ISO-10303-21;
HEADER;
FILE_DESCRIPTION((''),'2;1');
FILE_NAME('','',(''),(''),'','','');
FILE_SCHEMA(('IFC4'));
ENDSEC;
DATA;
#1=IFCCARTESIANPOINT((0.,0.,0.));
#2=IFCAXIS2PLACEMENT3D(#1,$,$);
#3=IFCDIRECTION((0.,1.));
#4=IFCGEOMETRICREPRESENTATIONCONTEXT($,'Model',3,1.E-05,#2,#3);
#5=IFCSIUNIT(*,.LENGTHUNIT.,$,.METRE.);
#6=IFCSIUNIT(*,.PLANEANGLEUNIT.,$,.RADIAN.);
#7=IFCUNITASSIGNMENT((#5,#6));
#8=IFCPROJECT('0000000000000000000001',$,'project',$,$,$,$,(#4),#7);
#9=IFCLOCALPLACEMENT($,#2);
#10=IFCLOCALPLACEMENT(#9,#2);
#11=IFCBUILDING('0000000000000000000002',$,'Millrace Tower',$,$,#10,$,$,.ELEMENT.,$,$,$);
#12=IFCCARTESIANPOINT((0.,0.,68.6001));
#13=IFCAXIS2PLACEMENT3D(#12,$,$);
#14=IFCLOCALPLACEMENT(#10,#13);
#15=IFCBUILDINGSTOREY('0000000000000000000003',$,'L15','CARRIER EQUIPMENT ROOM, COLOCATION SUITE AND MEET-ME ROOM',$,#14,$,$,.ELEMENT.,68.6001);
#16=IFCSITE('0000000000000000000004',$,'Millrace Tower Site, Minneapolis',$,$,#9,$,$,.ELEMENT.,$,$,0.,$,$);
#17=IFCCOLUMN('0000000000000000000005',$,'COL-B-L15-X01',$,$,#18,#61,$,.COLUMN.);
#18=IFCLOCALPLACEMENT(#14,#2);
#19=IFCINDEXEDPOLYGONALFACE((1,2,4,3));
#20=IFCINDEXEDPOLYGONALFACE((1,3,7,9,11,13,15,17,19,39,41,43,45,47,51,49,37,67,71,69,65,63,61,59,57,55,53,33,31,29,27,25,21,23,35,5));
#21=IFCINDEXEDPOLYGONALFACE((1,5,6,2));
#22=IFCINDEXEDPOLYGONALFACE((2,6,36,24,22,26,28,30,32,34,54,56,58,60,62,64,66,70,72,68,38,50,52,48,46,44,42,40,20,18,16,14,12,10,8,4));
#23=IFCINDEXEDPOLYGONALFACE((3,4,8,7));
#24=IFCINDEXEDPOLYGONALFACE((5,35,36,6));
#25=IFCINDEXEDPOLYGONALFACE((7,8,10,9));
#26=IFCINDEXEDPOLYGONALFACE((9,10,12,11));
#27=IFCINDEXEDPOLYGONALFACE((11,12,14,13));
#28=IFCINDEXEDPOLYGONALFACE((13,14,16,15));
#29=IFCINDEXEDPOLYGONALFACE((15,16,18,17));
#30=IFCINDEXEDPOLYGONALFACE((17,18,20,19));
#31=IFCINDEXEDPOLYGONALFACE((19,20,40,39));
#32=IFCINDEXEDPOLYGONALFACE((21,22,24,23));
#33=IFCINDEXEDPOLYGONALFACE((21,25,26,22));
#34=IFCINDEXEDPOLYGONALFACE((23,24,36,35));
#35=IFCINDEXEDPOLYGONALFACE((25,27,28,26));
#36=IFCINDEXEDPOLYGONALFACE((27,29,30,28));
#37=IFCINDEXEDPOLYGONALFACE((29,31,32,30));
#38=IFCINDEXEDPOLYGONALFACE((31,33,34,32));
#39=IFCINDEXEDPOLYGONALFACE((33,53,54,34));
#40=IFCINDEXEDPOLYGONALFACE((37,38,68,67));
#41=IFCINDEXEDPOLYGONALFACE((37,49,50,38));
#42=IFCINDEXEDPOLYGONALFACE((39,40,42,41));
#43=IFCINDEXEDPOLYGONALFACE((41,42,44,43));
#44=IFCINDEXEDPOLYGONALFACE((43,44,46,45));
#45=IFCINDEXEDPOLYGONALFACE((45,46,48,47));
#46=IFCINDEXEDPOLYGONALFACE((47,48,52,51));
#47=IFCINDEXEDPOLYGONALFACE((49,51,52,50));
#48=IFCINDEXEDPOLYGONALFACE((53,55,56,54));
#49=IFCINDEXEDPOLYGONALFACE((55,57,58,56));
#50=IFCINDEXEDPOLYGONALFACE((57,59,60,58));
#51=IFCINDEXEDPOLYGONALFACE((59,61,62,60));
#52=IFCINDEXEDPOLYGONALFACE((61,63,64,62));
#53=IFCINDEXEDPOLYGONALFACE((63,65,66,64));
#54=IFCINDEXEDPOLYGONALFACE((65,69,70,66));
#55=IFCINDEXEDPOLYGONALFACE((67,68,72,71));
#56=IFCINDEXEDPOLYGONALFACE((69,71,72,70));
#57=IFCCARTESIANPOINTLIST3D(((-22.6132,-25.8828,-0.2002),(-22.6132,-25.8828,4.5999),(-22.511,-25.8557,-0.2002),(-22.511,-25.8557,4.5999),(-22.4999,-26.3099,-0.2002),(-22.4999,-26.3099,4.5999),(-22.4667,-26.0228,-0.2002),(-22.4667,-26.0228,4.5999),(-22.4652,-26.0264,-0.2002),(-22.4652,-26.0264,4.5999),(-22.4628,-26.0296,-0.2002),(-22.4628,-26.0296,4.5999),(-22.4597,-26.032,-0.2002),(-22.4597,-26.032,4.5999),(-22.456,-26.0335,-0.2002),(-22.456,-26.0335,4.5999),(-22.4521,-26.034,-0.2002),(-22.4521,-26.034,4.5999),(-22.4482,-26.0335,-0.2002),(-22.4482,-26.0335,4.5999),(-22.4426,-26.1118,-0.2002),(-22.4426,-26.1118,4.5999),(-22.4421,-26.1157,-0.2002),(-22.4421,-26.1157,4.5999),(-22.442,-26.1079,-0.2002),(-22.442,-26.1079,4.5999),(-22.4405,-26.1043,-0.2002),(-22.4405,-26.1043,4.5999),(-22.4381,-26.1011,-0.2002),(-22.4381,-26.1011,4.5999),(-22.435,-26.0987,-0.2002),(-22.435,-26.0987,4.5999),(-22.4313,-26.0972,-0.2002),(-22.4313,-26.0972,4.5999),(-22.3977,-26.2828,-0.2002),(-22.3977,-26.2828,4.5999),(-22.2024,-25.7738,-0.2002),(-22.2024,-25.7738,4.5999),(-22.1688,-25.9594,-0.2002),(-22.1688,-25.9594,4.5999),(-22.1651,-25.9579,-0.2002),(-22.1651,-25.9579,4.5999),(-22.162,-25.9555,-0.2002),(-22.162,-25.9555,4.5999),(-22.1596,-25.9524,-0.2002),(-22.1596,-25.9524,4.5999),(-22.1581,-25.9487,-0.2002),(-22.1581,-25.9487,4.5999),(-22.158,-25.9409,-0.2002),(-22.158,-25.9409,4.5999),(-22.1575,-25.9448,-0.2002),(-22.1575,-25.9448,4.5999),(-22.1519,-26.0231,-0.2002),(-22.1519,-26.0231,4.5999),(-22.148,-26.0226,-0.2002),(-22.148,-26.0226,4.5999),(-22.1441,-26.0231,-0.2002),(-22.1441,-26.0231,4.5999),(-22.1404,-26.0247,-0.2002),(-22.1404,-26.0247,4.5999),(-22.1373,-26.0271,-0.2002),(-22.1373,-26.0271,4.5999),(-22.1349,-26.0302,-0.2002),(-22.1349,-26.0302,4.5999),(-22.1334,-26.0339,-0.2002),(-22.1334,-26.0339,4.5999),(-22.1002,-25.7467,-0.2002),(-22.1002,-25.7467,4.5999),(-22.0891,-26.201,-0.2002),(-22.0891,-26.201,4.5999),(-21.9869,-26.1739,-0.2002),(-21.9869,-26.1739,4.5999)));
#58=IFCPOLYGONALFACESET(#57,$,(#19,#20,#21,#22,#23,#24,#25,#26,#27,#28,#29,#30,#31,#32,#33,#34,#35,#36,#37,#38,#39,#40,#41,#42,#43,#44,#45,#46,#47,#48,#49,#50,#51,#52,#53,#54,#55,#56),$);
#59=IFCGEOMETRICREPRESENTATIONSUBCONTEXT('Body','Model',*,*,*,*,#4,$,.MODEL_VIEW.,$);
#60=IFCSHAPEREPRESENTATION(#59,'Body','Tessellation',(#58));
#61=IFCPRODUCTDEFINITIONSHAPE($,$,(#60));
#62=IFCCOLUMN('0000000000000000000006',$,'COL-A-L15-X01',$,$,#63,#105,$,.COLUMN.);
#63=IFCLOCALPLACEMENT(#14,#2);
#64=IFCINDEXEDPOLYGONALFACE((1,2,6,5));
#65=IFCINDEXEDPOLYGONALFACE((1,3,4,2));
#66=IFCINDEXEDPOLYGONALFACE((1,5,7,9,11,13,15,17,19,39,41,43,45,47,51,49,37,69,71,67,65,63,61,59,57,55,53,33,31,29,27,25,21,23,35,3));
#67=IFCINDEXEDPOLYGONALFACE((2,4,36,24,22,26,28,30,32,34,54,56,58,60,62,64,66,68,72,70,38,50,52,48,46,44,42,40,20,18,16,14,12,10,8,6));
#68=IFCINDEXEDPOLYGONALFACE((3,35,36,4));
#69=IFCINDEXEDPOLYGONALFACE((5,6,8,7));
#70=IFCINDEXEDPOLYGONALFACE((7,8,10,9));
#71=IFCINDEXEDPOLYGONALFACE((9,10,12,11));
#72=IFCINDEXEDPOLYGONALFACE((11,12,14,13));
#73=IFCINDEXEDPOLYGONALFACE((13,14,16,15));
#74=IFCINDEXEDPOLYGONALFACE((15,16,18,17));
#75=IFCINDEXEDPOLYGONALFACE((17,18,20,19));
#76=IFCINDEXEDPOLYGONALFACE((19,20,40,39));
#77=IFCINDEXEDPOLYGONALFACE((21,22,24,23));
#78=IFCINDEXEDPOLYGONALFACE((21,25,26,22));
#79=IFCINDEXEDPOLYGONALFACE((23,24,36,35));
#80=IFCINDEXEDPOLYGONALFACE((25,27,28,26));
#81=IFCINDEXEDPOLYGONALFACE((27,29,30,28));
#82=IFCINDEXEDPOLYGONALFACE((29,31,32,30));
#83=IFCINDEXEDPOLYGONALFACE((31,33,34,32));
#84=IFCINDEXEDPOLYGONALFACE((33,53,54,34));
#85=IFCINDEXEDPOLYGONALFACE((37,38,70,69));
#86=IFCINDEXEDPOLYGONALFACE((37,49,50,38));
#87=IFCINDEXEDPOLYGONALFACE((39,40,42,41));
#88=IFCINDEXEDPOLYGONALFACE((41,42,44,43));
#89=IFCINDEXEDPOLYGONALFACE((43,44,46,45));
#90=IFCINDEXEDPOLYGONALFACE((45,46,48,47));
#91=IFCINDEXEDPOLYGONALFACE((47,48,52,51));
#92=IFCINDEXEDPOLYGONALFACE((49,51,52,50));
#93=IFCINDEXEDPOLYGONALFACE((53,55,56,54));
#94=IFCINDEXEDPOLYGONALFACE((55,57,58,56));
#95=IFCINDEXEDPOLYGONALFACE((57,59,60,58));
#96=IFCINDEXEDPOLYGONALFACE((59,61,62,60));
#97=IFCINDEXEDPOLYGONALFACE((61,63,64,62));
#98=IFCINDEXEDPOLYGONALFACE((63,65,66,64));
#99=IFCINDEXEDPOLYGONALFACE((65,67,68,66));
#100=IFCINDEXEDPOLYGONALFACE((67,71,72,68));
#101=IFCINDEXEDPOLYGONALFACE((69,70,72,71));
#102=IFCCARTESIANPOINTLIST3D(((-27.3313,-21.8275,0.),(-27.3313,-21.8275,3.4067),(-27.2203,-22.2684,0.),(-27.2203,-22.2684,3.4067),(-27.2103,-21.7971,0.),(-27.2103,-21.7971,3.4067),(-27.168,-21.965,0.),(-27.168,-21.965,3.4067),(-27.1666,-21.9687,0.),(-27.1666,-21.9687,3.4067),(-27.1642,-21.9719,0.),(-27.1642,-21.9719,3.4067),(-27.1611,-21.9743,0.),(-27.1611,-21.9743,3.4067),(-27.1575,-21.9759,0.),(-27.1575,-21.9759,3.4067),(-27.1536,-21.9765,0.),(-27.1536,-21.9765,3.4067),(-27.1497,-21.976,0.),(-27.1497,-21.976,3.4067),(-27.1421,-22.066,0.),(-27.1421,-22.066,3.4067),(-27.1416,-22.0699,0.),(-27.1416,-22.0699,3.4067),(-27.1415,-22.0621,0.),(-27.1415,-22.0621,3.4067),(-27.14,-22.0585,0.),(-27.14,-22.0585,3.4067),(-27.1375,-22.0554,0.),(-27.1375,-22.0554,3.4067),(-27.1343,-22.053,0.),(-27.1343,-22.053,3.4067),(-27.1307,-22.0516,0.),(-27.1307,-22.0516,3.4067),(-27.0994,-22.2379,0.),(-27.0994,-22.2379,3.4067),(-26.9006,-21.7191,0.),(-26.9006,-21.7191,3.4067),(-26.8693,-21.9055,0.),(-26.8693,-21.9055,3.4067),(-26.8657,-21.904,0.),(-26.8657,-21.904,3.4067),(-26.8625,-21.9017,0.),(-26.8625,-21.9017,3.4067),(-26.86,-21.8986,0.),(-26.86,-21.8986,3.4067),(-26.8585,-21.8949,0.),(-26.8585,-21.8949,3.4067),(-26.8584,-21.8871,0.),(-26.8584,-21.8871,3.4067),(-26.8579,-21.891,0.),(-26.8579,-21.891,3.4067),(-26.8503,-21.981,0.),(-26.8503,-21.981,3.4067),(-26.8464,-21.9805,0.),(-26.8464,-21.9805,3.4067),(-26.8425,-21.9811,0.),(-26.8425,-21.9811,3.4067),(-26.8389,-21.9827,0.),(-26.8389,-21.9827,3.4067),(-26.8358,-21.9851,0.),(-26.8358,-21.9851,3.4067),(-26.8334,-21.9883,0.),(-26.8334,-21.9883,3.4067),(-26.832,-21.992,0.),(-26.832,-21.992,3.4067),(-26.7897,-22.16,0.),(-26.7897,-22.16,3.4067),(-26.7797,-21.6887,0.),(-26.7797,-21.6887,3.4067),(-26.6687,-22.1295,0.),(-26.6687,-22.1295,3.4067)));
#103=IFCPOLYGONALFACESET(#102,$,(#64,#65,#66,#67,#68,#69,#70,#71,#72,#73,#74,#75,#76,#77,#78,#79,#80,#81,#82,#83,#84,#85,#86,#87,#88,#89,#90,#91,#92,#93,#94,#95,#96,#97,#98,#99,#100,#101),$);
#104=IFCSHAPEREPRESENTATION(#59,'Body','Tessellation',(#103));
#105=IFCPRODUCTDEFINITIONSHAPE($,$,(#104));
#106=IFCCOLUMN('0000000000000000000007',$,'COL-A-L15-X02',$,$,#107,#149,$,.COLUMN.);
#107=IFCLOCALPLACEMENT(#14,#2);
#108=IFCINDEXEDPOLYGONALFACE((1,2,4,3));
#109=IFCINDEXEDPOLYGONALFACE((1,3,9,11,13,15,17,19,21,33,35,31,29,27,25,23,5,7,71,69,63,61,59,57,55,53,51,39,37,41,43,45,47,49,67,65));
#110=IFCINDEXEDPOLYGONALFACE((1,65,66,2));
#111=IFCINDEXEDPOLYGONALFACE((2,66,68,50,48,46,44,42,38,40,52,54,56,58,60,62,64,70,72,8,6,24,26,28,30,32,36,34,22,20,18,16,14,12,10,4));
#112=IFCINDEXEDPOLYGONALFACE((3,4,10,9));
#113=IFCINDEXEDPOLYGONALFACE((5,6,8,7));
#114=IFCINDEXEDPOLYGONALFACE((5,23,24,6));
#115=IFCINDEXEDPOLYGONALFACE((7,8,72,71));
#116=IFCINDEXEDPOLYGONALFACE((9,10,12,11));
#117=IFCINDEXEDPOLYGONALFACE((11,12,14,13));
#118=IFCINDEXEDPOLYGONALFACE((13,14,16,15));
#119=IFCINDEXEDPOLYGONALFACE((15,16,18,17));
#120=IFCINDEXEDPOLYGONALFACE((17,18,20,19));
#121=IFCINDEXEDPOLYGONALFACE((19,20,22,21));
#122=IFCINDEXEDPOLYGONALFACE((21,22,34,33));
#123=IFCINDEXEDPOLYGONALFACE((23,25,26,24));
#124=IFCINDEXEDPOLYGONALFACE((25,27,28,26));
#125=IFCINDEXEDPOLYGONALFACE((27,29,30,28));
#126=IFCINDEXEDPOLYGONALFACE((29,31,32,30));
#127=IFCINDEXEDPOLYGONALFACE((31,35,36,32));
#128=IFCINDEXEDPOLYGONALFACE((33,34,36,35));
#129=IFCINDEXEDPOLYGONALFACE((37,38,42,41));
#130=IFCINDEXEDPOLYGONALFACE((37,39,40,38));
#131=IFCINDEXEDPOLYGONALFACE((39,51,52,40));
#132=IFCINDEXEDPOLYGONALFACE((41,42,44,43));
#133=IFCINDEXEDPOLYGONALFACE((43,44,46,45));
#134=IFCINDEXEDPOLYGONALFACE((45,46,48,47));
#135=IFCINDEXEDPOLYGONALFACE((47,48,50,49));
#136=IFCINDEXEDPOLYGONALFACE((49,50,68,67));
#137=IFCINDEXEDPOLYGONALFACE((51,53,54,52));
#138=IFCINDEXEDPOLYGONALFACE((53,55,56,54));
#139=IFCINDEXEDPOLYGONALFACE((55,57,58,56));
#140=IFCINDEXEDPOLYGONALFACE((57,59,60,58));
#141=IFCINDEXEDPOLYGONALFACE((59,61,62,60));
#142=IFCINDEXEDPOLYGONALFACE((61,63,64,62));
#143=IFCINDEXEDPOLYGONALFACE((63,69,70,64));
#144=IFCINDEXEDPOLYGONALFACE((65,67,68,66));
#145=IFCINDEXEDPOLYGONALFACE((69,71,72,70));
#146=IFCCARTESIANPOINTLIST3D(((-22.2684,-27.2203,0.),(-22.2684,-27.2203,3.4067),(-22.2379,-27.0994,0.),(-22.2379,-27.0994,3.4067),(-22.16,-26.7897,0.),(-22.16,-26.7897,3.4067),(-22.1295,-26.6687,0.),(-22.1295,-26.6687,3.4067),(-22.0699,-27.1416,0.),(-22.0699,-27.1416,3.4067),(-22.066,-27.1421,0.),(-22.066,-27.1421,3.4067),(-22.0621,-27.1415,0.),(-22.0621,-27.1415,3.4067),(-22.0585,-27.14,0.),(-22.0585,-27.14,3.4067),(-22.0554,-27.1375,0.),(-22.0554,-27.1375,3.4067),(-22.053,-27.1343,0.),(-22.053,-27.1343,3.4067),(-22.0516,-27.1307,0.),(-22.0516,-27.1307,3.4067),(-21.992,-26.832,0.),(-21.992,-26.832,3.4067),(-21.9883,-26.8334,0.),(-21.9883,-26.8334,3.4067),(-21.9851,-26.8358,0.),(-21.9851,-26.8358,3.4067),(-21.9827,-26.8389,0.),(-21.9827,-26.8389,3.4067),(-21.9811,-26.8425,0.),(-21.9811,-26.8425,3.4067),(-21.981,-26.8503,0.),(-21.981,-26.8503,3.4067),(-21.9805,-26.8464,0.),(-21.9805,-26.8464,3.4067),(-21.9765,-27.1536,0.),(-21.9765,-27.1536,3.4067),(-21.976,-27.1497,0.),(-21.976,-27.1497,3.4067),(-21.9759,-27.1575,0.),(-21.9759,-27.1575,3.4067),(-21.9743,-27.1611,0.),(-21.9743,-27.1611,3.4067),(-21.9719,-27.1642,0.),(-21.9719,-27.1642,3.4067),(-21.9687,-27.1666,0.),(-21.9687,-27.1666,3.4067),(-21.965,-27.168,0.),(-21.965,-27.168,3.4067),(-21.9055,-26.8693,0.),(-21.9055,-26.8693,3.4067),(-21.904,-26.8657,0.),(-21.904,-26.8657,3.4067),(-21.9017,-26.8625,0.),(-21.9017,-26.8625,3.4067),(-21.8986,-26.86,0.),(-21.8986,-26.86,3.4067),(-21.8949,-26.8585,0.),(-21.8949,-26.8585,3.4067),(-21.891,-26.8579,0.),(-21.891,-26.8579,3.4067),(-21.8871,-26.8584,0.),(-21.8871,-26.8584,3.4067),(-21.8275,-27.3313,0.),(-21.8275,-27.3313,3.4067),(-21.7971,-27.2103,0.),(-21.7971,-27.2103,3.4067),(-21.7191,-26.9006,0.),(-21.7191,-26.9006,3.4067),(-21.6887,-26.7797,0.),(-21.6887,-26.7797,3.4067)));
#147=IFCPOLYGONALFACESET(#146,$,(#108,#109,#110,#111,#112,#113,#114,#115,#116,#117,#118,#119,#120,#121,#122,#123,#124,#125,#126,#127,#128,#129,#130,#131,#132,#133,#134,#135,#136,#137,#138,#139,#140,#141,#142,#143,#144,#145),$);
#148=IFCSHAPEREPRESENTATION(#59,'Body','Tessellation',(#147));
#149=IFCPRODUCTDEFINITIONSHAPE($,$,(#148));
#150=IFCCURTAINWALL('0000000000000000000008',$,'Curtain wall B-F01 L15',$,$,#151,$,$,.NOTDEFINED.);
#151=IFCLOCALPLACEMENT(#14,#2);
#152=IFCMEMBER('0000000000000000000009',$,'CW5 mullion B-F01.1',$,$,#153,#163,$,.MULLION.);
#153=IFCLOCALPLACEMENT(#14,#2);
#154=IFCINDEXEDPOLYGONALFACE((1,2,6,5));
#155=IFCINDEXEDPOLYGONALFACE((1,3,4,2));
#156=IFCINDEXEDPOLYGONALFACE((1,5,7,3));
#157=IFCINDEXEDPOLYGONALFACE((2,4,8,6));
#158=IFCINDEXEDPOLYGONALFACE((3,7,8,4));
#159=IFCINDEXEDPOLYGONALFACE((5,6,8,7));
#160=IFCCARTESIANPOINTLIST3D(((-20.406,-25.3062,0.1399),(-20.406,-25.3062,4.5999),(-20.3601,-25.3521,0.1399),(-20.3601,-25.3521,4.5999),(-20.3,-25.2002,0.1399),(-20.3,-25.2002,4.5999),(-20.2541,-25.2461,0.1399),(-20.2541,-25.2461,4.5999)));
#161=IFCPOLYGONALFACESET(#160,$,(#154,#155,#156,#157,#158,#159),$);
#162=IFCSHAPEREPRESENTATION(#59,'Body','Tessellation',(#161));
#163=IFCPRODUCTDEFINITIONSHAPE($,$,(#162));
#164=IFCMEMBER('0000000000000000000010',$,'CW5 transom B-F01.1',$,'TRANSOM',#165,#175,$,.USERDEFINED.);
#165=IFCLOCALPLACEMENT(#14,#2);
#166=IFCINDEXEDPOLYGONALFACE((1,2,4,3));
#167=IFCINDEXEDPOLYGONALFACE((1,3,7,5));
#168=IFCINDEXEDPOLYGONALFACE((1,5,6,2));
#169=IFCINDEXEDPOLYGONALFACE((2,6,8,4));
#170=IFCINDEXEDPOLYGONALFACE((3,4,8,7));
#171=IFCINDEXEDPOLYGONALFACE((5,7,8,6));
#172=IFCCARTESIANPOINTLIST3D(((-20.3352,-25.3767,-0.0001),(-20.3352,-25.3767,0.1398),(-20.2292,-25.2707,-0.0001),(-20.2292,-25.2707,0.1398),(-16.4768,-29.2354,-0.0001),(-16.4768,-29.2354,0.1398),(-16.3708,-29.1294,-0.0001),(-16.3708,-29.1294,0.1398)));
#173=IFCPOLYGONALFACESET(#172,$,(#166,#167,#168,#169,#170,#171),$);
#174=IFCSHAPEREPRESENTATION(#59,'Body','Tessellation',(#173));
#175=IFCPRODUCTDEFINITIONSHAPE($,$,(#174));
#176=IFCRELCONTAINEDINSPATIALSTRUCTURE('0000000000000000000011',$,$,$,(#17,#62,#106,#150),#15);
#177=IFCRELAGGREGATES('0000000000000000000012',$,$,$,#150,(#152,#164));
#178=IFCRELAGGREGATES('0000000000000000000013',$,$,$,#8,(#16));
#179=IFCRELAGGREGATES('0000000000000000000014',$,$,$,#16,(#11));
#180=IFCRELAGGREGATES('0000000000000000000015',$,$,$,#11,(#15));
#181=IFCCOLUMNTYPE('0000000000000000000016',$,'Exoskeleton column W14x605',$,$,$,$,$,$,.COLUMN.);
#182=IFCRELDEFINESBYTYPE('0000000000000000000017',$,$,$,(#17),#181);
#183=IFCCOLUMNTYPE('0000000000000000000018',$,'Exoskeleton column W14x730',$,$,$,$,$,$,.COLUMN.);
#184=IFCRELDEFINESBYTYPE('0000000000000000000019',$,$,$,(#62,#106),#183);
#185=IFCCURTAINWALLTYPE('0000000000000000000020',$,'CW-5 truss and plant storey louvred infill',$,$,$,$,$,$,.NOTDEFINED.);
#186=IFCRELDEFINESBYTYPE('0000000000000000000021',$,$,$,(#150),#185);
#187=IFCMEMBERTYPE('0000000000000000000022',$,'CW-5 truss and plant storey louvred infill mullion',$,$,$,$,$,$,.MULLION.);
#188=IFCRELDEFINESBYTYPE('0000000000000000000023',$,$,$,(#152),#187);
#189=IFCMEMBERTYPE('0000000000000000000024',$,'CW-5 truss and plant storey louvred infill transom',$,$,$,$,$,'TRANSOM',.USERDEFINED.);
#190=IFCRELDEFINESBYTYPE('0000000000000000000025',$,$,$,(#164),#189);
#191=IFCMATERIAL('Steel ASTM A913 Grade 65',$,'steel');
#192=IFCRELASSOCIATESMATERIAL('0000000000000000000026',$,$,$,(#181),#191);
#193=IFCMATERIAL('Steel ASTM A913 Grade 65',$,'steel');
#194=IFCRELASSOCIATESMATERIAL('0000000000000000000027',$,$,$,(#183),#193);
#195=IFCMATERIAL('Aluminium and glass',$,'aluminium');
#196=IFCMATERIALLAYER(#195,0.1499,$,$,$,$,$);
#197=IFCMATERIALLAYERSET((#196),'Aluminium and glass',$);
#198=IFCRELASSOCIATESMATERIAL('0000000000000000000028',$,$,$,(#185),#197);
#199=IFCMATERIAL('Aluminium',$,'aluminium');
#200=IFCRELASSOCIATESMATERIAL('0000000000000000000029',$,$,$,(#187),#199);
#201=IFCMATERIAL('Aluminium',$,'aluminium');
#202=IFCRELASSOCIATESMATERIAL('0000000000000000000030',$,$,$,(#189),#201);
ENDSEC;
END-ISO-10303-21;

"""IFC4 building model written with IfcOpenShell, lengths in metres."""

from ifc_helpers import new_model, si_unit, direction, frame, origin, origin_2d, place, context, subcontext, project, spatial, rectangle, i_section, extrude, material, layer, layer_set, material_profile, profile_set, type_object, element, aggregate, save


model = new_model("IFC4")

# Units and contexts
model_context = context("Model", 3, precision=1e-05, world=origin(), true_north=direction((0.0, 1.0)))
body_context = subcontext(model_context, "Body", "Model", "MODEL_VIEW")
ifc_project = project(units=[si_unit("LENGTHUNIT", "METRE"), si_unit("PLANEANGLEUNIT", "RADIAN")], contexts=[model_context])

# Site, building, storey
site_placement = place(None, origin())
site = spatial("IfcSite", under=ifc_project, at=site_placement, Name="Millrace Tower Site, Minneapolis", CompositionType="ELEMENT", RefElevation=0.0)
building_placement = place(site_placement, origin())
building = spatial("IfcBuilding", under=site, at=building_placement, Name="Millrace Tower", CompositionType="ELEMENT")
storey_placement = place(building_placement, frame((0.0, 0.0, 68.6001)))
storey = spatial("IfcBuildingStorey", under=building, at=storey_placement, Name="L15", Description="CARRIER EQUIPMENT ROOM, COLOCATION SUITE AND MEET-ME ROOM", CompositionType="ELEMENT", Elevation=68.6001)

# Columns
ifc_material_1 = material(Name="Steel ASTM A913 Grade 65", Category="steel")
ifc_material_profile_1 = material_profile(ifc_material_1, i_section(OverallWidth=0.4419, OverallDepth=0.5308, WebThickness=0.0659, FlangeThickness=0.1057, FilletRadius=0.0151, at=origin_2d()))
ifc_profile_set_1 = profile_set([ifc_material_profile_1], Name="Steel ASTM A913 Grade 65")
column_type_1 = type_object("IfcColumnType", Name="Exoskeleton column W14x605", PredefinedType="COLUMN", material=ifc_profile_set_1)
column_placement = place(storey_placement, frame((-22.3, -26.0283, -0.2002), z_axis=(0.0, 0.0, 1.0), x_axis=(0.256347, -0.966585, 0.0)))
element("IfcColumn", 1, at=column_placement, inside=storey, type_object=column_type_1, Name="COL-B-L15-X01", PredefinedType="COLUMN", context=body_context, shape_type="SweptSolid", body=[
    extrude(i_section(OverallWidth=0.4419, OverallDepth=0.5308, WebThickness=0.0659, FlangeThickness=0.1057, FilletRadius=0.0151, at=origin_2d()), origin(), (0.0, 0.0, 1.0), 4.8),
])
ifc_material_2 = material(Name="Steel ASTM A913 Grade 65", Category="steel")
ifc_material_profile_2 = material_profile(ifc_material_2, i_section(OverallWidth=0.4546, OverallDepth=0.5688, WebThickness=0.0779, FlangeThickness=0.1248, FilletRadius=0.0151, at=origin_2d()))
ifc_profile_set_2 = profile_set([ifc_material_profile_2], Name="Steel ASTM A913 Grade 65")
column_type_2 = type_object("IfcColumnType", Name="Exoskeleton column W14x730", PredefinedType="COLUMN", material=ifc_profile_set_2)
for number, where, z_axis, x_axis, name in (
    (2, (-27.0, -21.9785, 0.0), (0.0, 0.0, 1.0), (0.244094, -0.969752, 0.0), "COL-A-L15-X01"),
    (3, (-21.9785, -27.0, 0.0), (0.0, 0.0, 1.0), (0.969752, -0.244094, 0.0), "COL-A-L15-X02"),
):
    element("IfcColumn", number, at=place(storey_placement, frame(where, z_axis=z_axis, x_axis=x_axis)), inside=storey, type_object=column_type_2, Name=name, PredefinedType="COLUMN", context=body_context, shape_type="SweptSolid", body=[
        extrude(i_section(OverallWidth=0.4546, OverallDepth=0.5688, WebThickness=0.0779, FlangeThickness=0.1248, FilletRadius=0.0151, at=origin_2d()), origin(), (0.0, 0.0, 1.0), 3.4067),
    ])

# Curtain wall, members
ifc_material_3 = material(Name="Aluminium and glass", Category="aluminium")
ifc_layer_1 = layer(ifc_material_3, 0.1499)
ifc_layer_set_1 = layer_set([ifc_layer_1], Name="Aluminium and glass")
curtain_wall_type = type_object("IfcCurtainWallType", Name="CW-5 truss and plant storey louvred infill", PredefinedType="NOTDEFINED", material=ifc_layer_set_1)
curtain_wall_placement = place(storey_placement, origin())
curtain_wall = element("IfcCurtainWall", 4, at=curtain_wall_placement, inside=storey, type_object=curtain_wall_type, Name="Curtain wall B-F01 L15", PredefinedType="NOTDEFINED")
ifc_material_4 = material(Name="Aluminium", Category="aluminium")
ifc_material_profile_3 = material_profile(ifc_material_4, rectangle(XDim=0.0649, YDim=0.1499, at=origin_2d()))
ifc_profile_set_3 = profile_set([ifc_material_profile_3], Name="Aluminium")
member_type_1 = type_object("IfcMemberType", Name="CW-5 truss and plant storey louvred infill mullion", PredefinedType="MULLION", material=ifc_profile_set_3)
member_1_placement = place(storey_placement, frame((-20.3301, -25.2761, 0.1399), z_axis=(0.0, 0.0, 1.0), x_axis=(0.707107, -0.707107, 0.0)))
member_1 = element("IfcMember", 5, at=member_1_placement, type_object=member_type_1, Name="CW5 mullion B-F01.1", PredefinedType="MULLION", context=body_context, shape_type="SweptSolid", body=[
    extrude(rectangle(XDim=0.0649, YDim=0.1499, at=origin_2d()), origin(), (0.0, 0.0, 1.0), 4.46),
])
ifc_material_5 = material(Name="Aluminium", Category="aluminium")
ifc_material_profile_4 = material_profile(ifc_material_5, rectangle(XDim=0.1499, YDim=0.1399, at=origin_2d()))
ifc_profile_set_4 = profile_set([ifc_material_profile_4], Name="Aluminium")
member_type_2 = type_object("IfcMemberType", Name="CW-5 truss and plant storey louvred infill transom", ElementType="TRANSOM", PredefinedType="USERDEFINED", material=ifc_profile_set_4)
member_2_placement = place(storey_placement, frame((-20.2822, -25.3237, 0.0698), z_axis=(0.707084, -0.707129, 0.0), x_axis=(0.707129, 0.707084, 0.0)))
member_2 = element("IfcMember", 6, at=member_2_placement, type_object=member_type_2, Name="CW5 transom B-F01.1", ObjectType="TRANSOM", PredefinedType="USERDEFINED", context=body_context, shape_type="SweptSolid", body=[
    extrude(rectangle(XDim=0.1499, YDim=0.1399, at=origin_2d()), origin(), (0.0, 0.0, 1.0), 5.4568),
])
aggregate(curtain_wall, [member_1, member_2])

save(model, "model.ifc")
